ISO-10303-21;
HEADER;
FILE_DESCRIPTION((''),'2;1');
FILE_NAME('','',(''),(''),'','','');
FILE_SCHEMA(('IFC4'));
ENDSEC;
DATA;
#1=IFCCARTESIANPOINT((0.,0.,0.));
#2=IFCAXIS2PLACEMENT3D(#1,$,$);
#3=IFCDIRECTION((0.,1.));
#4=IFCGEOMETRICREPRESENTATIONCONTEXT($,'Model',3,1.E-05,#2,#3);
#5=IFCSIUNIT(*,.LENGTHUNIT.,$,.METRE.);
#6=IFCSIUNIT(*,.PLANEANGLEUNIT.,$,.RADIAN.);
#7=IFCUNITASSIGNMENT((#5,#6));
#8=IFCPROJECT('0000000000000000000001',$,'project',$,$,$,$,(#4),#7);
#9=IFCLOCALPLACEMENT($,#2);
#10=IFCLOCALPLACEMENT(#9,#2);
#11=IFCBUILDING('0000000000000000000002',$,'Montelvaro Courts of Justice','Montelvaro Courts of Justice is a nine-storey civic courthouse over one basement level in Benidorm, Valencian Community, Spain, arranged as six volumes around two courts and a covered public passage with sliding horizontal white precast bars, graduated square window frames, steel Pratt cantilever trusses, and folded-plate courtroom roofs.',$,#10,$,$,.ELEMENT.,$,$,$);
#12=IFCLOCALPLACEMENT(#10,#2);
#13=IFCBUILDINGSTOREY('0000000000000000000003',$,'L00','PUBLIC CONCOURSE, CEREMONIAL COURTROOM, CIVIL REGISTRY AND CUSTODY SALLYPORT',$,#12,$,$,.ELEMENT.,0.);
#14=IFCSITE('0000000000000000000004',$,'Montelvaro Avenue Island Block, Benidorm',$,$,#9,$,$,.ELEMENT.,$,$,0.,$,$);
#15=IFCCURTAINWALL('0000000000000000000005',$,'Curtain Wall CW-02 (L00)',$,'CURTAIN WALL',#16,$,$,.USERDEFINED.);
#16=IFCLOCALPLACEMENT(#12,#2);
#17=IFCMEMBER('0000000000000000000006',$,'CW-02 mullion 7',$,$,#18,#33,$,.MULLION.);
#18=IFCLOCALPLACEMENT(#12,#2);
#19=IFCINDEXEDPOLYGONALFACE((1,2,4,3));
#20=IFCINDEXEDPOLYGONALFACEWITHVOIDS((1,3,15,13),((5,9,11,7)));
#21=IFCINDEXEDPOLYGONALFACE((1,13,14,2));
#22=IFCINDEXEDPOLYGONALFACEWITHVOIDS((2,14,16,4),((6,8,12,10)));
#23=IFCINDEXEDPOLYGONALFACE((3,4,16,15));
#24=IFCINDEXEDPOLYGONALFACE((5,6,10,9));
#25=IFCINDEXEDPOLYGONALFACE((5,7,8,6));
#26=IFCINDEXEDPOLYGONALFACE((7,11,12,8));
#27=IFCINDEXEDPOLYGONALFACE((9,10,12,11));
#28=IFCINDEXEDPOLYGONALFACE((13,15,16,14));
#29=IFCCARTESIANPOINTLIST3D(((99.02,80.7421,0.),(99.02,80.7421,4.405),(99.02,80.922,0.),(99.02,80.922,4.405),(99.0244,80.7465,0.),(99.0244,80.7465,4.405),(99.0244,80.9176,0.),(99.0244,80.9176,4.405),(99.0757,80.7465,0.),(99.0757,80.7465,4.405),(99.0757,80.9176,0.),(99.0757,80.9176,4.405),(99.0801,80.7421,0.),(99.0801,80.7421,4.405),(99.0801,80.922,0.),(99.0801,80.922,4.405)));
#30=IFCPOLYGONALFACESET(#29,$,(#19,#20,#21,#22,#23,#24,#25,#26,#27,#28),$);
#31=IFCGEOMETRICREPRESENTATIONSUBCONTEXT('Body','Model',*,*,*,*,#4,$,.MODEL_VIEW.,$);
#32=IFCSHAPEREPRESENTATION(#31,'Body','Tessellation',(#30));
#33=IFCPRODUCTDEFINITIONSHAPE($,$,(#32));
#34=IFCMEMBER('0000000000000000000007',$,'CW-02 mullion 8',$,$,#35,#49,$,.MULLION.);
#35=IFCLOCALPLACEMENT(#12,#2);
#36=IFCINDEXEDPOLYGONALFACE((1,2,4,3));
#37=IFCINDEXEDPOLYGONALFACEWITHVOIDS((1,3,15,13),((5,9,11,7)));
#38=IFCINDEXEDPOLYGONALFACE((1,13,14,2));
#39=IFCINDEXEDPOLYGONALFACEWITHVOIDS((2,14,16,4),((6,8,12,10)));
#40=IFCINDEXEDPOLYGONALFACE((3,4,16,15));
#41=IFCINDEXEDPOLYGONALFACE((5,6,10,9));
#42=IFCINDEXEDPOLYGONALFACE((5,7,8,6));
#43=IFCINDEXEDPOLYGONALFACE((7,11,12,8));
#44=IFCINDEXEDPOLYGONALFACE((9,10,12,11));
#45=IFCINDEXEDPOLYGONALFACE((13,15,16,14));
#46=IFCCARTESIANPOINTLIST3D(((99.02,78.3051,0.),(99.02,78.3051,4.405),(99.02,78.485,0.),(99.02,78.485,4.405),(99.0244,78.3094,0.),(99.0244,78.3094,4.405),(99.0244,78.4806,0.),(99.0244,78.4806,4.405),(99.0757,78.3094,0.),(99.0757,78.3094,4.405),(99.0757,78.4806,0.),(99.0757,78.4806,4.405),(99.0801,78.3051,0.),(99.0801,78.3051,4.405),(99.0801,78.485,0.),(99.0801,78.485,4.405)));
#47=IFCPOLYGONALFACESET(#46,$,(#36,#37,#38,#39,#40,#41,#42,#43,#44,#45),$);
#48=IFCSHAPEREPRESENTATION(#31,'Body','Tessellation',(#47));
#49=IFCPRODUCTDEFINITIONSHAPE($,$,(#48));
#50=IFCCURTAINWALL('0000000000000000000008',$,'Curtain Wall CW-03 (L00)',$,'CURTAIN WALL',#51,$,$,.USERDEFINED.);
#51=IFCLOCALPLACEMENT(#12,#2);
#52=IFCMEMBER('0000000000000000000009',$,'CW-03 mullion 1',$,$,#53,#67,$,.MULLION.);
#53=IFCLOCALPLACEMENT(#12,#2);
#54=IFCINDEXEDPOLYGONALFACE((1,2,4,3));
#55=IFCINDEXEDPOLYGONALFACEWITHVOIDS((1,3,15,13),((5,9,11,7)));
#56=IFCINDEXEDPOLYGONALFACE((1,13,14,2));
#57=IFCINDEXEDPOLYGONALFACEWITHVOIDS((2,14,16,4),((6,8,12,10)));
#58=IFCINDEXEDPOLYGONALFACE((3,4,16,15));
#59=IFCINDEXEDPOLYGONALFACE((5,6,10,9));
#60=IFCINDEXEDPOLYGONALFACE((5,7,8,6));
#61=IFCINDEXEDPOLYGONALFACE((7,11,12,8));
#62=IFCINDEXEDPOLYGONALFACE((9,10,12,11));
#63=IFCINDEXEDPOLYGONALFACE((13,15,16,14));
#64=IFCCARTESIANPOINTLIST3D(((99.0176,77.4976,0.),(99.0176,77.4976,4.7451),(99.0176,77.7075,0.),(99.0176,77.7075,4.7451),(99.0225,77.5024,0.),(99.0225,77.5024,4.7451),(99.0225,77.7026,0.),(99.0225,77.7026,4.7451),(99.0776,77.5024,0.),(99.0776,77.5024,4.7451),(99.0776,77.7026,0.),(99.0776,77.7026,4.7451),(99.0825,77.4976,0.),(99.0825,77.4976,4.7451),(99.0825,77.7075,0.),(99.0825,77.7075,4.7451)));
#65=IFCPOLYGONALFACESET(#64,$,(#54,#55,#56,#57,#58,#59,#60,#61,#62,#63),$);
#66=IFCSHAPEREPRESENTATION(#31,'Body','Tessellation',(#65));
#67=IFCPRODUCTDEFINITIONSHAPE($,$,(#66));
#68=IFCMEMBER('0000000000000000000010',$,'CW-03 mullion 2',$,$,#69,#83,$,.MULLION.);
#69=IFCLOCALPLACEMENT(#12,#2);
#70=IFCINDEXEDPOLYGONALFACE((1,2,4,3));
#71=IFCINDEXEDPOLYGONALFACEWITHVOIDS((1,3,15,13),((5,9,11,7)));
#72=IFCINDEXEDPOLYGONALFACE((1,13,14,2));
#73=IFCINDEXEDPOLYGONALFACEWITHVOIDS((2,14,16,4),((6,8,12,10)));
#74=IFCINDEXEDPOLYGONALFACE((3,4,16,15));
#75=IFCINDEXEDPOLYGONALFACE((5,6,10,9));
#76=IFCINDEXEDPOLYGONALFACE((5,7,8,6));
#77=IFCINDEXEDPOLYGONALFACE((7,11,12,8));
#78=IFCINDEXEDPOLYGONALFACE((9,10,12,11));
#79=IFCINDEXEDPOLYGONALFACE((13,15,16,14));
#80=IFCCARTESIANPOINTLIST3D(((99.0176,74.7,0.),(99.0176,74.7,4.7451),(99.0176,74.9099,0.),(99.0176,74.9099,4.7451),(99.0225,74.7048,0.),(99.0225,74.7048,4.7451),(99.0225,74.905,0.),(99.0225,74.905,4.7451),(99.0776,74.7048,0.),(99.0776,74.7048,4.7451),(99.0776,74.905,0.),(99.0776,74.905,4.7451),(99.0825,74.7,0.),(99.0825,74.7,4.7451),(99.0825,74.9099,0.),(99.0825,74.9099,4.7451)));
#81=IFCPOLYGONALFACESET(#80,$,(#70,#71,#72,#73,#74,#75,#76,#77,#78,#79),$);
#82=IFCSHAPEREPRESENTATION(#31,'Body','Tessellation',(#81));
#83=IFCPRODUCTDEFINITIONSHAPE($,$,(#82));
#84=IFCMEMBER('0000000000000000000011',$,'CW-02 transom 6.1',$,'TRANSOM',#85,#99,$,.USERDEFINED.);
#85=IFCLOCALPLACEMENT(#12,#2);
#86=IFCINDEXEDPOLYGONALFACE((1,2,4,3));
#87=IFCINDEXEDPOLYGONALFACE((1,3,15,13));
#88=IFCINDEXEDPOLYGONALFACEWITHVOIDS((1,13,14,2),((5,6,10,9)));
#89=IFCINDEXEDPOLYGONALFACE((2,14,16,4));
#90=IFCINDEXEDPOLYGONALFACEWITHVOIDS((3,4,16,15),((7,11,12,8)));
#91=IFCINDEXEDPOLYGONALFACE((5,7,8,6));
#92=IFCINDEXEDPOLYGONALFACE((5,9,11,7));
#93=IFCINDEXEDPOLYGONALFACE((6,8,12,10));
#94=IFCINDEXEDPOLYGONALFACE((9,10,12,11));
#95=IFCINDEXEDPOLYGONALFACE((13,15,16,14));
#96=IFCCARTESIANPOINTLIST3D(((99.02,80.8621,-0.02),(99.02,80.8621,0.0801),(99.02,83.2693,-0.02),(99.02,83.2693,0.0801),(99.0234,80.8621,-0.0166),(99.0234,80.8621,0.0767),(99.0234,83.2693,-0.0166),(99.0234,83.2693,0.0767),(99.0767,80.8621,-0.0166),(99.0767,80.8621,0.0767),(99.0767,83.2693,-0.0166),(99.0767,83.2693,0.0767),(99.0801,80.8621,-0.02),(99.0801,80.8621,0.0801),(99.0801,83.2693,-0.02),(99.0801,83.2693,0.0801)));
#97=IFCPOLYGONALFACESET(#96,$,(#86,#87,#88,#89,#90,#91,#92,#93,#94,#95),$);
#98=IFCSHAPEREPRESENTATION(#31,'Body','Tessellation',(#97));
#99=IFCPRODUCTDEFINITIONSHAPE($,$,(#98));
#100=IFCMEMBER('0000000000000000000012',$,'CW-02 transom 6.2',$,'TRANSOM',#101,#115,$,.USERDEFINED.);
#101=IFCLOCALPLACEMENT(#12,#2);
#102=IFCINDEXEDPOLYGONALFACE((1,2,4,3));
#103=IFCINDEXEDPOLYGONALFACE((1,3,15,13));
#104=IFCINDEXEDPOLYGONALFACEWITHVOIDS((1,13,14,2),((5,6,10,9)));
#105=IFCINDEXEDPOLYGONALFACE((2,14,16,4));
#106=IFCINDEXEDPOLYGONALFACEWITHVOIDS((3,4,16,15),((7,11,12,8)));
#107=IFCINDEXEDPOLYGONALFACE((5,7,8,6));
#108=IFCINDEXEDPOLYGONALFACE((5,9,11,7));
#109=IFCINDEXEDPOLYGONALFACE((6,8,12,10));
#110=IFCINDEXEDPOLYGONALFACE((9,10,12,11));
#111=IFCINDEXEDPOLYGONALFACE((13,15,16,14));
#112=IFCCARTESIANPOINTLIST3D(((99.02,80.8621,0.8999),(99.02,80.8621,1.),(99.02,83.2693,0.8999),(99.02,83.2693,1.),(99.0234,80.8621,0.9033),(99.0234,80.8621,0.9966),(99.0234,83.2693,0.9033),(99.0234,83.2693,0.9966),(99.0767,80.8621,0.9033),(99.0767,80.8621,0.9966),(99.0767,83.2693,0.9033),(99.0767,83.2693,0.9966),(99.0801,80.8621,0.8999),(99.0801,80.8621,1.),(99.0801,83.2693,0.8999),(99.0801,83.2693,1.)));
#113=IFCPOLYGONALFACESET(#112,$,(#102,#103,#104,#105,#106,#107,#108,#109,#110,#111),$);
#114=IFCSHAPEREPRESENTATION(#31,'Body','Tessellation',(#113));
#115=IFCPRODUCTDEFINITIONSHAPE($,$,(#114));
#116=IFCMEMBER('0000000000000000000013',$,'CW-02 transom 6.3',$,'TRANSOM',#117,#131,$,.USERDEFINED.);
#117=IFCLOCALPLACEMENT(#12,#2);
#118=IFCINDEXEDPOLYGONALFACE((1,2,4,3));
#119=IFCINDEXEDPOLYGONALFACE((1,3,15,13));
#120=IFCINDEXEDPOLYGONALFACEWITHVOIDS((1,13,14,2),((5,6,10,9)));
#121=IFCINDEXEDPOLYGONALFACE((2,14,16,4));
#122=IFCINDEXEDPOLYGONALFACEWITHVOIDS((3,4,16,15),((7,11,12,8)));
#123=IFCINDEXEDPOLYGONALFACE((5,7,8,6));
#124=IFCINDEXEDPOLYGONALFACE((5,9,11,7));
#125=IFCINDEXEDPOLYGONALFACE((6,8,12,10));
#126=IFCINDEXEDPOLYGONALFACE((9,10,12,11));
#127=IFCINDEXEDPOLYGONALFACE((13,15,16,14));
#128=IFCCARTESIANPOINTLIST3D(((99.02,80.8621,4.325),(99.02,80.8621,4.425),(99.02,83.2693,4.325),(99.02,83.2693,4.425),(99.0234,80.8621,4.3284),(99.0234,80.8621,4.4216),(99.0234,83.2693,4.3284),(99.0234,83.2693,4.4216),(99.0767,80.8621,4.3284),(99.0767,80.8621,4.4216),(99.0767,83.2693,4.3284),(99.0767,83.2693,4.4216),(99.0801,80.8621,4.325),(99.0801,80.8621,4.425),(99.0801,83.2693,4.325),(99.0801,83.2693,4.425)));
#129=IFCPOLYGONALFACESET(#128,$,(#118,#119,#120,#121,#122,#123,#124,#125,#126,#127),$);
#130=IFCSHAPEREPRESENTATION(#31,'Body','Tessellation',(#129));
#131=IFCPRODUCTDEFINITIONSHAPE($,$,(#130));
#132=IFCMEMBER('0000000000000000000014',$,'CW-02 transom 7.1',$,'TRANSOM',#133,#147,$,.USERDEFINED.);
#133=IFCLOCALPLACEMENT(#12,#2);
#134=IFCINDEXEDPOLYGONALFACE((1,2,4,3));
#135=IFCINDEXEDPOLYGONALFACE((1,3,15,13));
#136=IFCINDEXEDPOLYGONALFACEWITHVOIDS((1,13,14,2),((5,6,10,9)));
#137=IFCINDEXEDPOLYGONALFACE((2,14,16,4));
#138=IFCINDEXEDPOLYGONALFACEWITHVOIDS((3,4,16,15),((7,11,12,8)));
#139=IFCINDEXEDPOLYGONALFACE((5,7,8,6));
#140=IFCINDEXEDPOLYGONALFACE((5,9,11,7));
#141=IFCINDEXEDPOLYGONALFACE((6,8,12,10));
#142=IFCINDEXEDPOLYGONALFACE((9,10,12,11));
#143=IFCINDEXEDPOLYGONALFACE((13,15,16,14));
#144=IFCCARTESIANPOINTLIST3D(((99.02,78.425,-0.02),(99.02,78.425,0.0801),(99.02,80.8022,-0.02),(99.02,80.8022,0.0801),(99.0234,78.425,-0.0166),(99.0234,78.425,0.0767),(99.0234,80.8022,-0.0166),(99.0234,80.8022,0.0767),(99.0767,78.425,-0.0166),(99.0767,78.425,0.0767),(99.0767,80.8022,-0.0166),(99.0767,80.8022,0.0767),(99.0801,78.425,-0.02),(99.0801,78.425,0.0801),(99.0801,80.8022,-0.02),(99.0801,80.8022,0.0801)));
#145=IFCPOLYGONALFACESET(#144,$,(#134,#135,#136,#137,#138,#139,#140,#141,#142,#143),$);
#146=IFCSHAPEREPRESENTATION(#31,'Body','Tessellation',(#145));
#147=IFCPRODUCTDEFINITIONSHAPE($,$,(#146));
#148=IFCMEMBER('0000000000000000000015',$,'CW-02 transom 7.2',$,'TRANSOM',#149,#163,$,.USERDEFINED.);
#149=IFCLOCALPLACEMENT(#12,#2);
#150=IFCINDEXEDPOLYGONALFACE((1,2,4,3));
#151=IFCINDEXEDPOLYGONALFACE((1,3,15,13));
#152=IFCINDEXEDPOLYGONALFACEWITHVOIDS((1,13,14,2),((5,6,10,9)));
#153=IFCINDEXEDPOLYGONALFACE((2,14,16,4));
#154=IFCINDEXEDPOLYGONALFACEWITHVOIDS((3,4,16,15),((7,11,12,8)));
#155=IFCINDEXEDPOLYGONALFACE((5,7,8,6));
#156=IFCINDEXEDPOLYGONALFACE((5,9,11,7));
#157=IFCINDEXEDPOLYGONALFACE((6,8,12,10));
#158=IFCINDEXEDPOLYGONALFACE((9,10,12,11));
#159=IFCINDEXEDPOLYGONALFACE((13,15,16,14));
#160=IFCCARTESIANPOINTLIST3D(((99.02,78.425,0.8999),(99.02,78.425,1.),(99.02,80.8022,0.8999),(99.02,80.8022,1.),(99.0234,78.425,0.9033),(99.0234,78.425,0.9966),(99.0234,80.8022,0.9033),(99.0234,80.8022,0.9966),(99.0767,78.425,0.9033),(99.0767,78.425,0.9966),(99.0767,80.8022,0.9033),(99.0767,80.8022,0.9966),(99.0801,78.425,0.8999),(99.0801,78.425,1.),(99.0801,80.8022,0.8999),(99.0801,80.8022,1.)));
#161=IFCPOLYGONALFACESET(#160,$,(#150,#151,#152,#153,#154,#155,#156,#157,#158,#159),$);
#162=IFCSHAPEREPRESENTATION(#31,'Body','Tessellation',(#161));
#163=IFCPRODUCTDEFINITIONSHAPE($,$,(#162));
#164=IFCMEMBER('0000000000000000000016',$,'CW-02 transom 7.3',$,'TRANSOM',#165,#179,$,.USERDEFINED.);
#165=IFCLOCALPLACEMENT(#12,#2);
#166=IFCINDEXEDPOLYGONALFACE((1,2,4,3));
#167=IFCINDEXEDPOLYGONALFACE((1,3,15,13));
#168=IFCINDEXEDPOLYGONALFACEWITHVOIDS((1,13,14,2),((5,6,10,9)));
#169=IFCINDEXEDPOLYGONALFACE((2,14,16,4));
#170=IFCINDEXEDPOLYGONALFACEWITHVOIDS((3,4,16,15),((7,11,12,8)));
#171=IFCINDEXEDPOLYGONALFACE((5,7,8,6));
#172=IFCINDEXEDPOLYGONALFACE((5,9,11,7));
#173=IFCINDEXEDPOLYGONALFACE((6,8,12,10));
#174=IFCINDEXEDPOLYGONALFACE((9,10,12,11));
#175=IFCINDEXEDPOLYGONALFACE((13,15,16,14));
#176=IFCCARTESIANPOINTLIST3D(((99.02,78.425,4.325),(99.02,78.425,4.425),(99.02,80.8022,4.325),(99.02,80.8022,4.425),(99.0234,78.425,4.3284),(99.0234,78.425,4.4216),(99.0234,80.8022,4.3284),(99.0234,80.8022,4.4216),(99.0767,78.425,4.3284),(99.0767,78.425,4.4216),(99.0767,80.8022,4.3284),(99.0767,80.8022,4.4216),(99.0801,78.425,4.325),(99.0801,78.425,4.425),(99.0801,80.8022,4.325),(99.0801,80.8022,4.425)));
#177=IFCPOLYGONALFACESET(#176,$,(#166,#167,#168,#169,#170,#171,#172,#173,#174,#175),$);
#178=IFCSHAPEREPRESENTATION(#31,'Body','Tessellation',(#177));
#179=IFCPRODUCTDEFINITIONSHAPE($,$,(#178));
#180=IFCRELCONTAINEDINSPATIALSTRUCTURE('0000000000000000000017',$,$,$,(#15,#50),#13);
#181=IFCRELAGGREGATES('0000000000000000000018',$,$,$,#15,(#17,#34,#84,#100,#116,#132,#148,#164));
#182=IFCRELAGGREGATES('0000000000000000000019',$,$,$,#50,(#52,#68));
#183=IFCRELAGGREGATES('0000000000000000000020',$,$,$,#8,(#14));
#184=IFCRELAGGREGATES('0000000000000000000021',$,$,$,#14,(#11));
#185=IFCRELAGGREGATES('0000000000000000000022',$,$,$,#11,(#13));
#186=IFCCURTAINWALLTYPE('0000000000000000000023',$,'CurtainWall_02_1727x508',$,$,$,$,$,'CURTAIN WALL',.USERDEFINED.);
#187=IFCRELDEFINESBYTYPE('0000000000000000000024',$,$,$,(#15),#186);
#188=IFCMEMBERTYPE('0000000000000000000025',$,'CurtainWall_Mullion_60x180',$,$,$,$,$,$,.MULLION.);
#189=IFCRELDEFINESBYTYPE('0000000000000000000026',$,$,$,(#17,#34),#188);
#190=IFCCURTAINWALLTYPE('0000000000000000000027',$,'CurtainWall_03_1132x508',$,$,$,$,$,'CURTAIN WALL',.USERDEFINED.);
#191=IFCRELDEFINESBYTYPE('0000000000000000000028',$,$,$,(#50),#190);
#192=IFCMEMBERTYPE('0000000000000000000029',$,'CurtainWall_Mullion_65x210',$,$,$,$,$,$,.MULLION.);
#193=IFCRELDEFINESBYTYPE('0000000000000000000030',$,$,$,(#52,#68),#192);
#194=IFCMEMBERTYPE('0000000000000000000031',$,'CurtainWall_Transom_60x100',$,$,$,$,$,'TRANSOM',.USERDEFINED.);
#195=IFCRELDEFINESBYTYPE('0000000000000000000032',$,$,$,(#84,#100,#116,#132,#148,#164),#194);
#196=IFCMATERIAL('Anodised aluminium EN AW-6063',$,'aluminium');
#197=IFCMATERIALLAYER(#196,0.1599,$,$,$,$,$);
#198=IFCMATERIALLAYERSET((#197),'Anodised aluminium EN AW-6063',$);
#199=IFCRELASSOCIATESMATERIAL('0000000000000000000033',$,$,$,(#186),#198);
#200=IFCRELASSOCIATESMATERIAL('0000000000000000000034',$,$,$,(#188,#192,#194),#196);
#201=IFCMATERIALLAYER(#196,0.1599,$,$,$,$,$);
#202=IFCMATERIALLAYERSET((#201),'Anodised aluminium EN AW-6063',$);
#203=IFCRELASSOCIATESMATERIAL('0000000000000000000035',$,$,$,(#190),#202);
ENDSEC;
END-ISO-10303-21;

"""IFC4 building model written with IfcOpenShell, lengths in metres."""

from ifc_helpers import new_model, si_unit, direction, frame, origin, origin_2d, place, context, subcontext, project, spatial, hollow_rectangle, extrude, material, layer, layer_set, material_profile, profile_set, type_object, element, aggregate, save


model = new_model("IFC4")

# Units and contexts
model_context = context("Model", 3, precision=1e-05, world=origin(), true_north=direction((0.0, 1.0)))
body_context = subcontext(model_context, "Body", "Model", "MODEL_VIEW")
ifc_project = project(units=[si_unit("LENGTHUNIT", "METRE"), si_unit("PLANEANGLEUNIT", "RADIAN")], contexts=[model_context])

# Site, building, storey
site_placement = place(None, origin())
site = spatial("IfcSite", under=ifc_project, at=site_placement, Name="Montelvaro Avenue Island Block, Benidorm", CompositionType="ELEMENT", RefElevation=0.0)
building_placement = place(site_placement, origin())
building = spatial("IfcBuilding", under=site, at=building_placement, Name="Montelvaro Courts of Justice", Description="Montelvaro Courts of Justice is a nine-storey civic courthouse over one basement level in Benidorm, Valencian Community, Spain, arranged as six volumes around two courts and a covered public passage with sliding horizontal white precast bars, graduated square window frames, steel Pratt cantilever trusses, and folded-plate courtroom roofs.", CompositionType="ELEMENT")
storey_placement = place(building_placement, origin())
storey = spatial("IfcBuildingStorey", under=building, at=storey_placement, Name="L00", Description="PUBLIC CONCOURSE, CEREMONIAL COURTROOM, CIVIL REGISTRY AND CUSTODY SALLYPORT", CompositionType="ELEMENT", Elevation=0.0)

# Curtain walls, members
ifc_material_1 = material(Name="Anodised aluminium EN AW-6063", Category="aluminium")
ifc_layer_1 = layer(ifc_material_1, 0.1599)
ifc_layer_set_1 = layer_set([ifc_layer_1], Name="Anodised aluminium EN AW-6063")
curtain_wall_type_1 = type_object("IfcCurtainWallType", Name="CurtainWall_02_1727x508", ElementType="CURTAIN WALL", PredefinedType="USERDEFINED", material=ifc_layer_set_1)
curtain_wall_1_placement = place(storey_placement, origin())
curtain_wall_1 = element("IfcCurtainWall", 1, at=curtain_wall_1_placement, inside=storey, type_object=curtain_wall_type_1, Name="Curtain Wall CW-02 (L00)", ObjectType="CURTAIN WALL", PredefinedType="USERDEFINED")
ifc_material_profile_1 = material_profile(ifc_material_1, hollow_rectangle(XDim=0.0601, YDim=0.1799, WallThickness=0.0044, at=origin_2d()), Name="ALU-M 60x180")
ifc_profile_set_1 = profile_set([ifc_material_profile_1], Name="Anodised aluminium EN AW-6063")
member_type_1 = type_object("IfcMemberType", Name="CurtainWall_Mullion_60x180", PredefinedType="MULLION", material=ifc_profile_set_1)
member_1_placement = place(storey_placement, frame((99.05, 80.832, 0.0), z_axis=(0.0, 0.0, 1.0), x_axis=(1.0, 0.0, 0.0)))
member_1 = element("IfcMember", 2, at=member_1_placement, type_object=member_type_1, Name="CW-02 mullion 7", PredefinedType="MULLION", context=body_context, shape_type="SweptSolid", body=[
    extrude(hollow_rectangle(XDim=0.0601, YDim=0.1799, WallThickness=0.0044, at=origin_2d()), origin(), (0.0, 0.0, 1.0), 4.405),
])
member_2_placement = place(storey_placement, frame((99.05, 78.395, 0.0), z_axis=(0.0, 0.0, 1.0), x_axis=(1.0, 0.0, 0.0)))
member_2 = element("IfcMember", 3, at=member_2_placement, type_object=member_type_1, Name="CW-02 mullion 8", PredefinedType="MULLION", context=body_context, shape_type="SweptSolid", body=[
    extrude(hollow_rectangle(XDim=0.0601, YDim=0.1799, WallThickness=0.0044, at=origin_2d()), origin(), (0.0, 0.0, 1.0), 4.405),
])
ifc_layer_2 = layer(ifc_material_1, 0.1599)
ifc_layer_set_2 = layer_set([ifc_layer_2], Name="Anodised aluminium EN AW-6063")
curtain_wall_type_2 = type_object("IfcCurtainWallType", Name="CurtainWall_03_1132x508", ElementType="CURTAIN WALL", PredefinedType="USERDEFINED", material=ifc_layer_set_2)
curtain_wall_2_placement = place(storey_placement, origin())
curtain_wall_2 = element("IfcCurtainWall", 4, at=curtain_wall_2_placement, inside=storey, type_object=curtain_wall_type_2, Name="Curtain Wall CW-03 (L00)", ObjectType="CURTAIN WALL", PredefinedType="USERDEFINED")
ifc_material_profile_2 = material_profile(ifc_material_1, hollow_rectangle(XDim=0.0649, YDim=0.21, WallThickness=0.0049, at=origin_2d()), Name="ALU-M 65x210")
ifc_profile_set_2 = profile_set([ifc_material_profile_2], Name="Anodised aluminium EN AW-6063")
member_type_2 = type_object("IfcMemberType", Name="CurtainWall_Mullion_65x210", PredefinedType="MULLION", material=ifc_profile_set_2)
member_3_placement = place(storey_placement, frame((99.05, 77.6025, 0.0), z_axis=(0.0, 0.0, 1.0), x_axis=(1.0, 0.0, 0.0)))
member_3 = element("IfcMember", 5, at=member_3_placement, type_object=member_type_2, Name="CW-03 mullion 1", PredefinedType="MULLION", context=body_context, shape_type="SweptSolid", body=[
    extrude(hollow_rectangle(XDim=0.0649, YDim=0.21, WallThickness=0.0049, at=origin_2d()), origin(), (0.0, 0.0, 1.0), 4.7451),
])
member_4_placement = place(storey_placement, frame((99.05, 74.8049, 0.0), z_axis=(0.0, 0.0, 1.0), x_axis=(1.0, 0.0, 0.0)))
member_4 = element("IfcMember", 6, at=member_4_placement, type_object=member_type_2, Name="CW-03 mullion 2", PredefinedType="MULLION", context=body_context, shape_type="SweptSolid", body=[
    extrude(hollow_rectangle(XDim=0.0649, YDim=0.21, WallThickness=0.0049, at=origin_2d()), origin(), (0.0, 0.0, 1.0), 4.7451),
])

# Members
ifc_material_profile_3 = material_profile(ifc_material_1, hollow_rectangle(XDim=0.0601, YDim=0.1001, WallThickness=0.0034, at=origin_2d()), Name="ALU-T 60x100")
ifc_profile_set_3 = profile_set([ifc_material_profile_3], Name="Anodised aluminium EN AW-6063")
member_type_3 = type_object("IfcMemberType", Name="CurtainWall_Transom_60x100", ElementType="TRANSOM", PredefinedType="USERDEFINED", material=ifc_profile_set_3)
member_5_placement = place(storey_placement, frame((99.05, 83.2693, 0.03), z_axis=(0.0, -1.0, 0.0), x_axis=(1.0, 0.0, 0.0)))
member_5 = element("IfcMember", 7, at=member_5_placement, type_object=member_type_3, Name="CW-02 transom 6.1", ObjectType="TRANSOM", PredefinedType="USERDEFINED", context=body_context, shape_type="SweptSolid", body=[
    extrude(hollow_rectangle(XDim=0.0601, YDim=0.1001, WallThickness=0.0034, at=origin_2d()), origin(), (0.0, 0.0, 1.0), 2.4072),
])
member_6_placement = place(storey_placement, frame((99.05, 83.2693, 0.95), z_axis=(0.0, -1.0, 0.0), x_axis=(1.0, 0.0, 0.0)))
member_6 = element("IfcMember", 8, at=member_6_placement, type_object=member_type_3, Name="CW-02 transom 6.2", ObjectType="TRANSOM", PredefinedType="USERDEFINED", context=body_context, shape_type="SweptSolid", body=[
    extrude(hollow_rectangle(XDim=0.0601, YDim=0.1001, WallThickness=0.0034, at=origin_2d()), origin(), (0.0, 0.0, 1.0), 2.4072),
])
member_7_placement = place(storey_placement, frame((99.05, 83.2693, 4.375), z_axis=(0.0, -1.0, 0.0), x_axis=(1.0, 0.0, 0.0)))
member_7 = element("IfcMember", 9, at=member_7_placement, type_object=member_type_3, Name="CW-02 transom 6.3", ObjectType="TRANSOM", PredefinedType="USERDEFINED", context=body_context, shape_type="SweptSolid", body=[
    extrude(hollow_rectangle(XDim=0.0601, YDim=0.1001, WallThickness=0.0034, at=origin_2d()), origin(), (0.0, 0.0, 1.0), 2.4072),
])
member_8_placement = place(storey_placement, frame((99.05, 80.8022, 0.03), z_axis=(0.0, -1.0, 0.0), x_axis=(1.0, 0.0, 0.0)))
member_8 = element("IfcMember", 10, at=member_8_placement, type_object=member_type_3, Name="CW-02 transom 7.1", ObjectType="TRANSOM", PredefinedType="USERDEFINED", context=body_context, shape_type="SweptSolid", body=[
    extrude(hollow_rectangle(XDim=0.0601, YDim=0.1001, WallThickness=0.0034, at=origin_2d()), origin(), (0.0, 0.0, 1.0), 2.3772),
])
member_9_placement = place(storey_placement, frame((99.05, 80.8022, 0.95), z_axis=(0.0, -1.0, 0.0), x_axis=(1.0, 0.0, 0.0)))
member_9 = element("IfcMember", 11, at=member_9_placement, type_object=member_type_3, Name="CW-02 transom 7.2", ObjectType="TRANSOM", PredefinedType="USERDEFINED", context=body_context, shape_type="SweptSolid", body=[
    extrude(hollow_rectangle(XDim=0.0601, YDim=0.1001, WallThickness=0.0034, at=origin_2d()), origin(), (0.0, 0.0, 1.0), 2.3772),
])
member_10_placement = place(storey_placement, frame((99.05, 80.8022, 4.375), z_axis=(0.0, -1.0, 0.0), x_axis=(1.0, 0.0, 0.0)))
member_10 = element("IfcMember", 12, at=member_10_placement, type_object=member_type_3, Name="CW-02 transom 7.3", ObjectType="TRANSOM", PredefinedType="USERDEFINED", context=body_context, shape_type="SweptSolid", body=[
    extrude(hollow_rectangle(XDim=0.0601, YDim=0.1001, WallThickness=0.0034, at=origin_2d()), origin(), (0.0, 0.0, 1.0), 2.3772),
])

aggregate(curtain_wall_1, [member_1, member_2, member_5, member_6, member_7, member_8, member_9, member_10])
aggregate(curtain_wall_2, [member_3, member_4])

save(model, "model.ifc")
